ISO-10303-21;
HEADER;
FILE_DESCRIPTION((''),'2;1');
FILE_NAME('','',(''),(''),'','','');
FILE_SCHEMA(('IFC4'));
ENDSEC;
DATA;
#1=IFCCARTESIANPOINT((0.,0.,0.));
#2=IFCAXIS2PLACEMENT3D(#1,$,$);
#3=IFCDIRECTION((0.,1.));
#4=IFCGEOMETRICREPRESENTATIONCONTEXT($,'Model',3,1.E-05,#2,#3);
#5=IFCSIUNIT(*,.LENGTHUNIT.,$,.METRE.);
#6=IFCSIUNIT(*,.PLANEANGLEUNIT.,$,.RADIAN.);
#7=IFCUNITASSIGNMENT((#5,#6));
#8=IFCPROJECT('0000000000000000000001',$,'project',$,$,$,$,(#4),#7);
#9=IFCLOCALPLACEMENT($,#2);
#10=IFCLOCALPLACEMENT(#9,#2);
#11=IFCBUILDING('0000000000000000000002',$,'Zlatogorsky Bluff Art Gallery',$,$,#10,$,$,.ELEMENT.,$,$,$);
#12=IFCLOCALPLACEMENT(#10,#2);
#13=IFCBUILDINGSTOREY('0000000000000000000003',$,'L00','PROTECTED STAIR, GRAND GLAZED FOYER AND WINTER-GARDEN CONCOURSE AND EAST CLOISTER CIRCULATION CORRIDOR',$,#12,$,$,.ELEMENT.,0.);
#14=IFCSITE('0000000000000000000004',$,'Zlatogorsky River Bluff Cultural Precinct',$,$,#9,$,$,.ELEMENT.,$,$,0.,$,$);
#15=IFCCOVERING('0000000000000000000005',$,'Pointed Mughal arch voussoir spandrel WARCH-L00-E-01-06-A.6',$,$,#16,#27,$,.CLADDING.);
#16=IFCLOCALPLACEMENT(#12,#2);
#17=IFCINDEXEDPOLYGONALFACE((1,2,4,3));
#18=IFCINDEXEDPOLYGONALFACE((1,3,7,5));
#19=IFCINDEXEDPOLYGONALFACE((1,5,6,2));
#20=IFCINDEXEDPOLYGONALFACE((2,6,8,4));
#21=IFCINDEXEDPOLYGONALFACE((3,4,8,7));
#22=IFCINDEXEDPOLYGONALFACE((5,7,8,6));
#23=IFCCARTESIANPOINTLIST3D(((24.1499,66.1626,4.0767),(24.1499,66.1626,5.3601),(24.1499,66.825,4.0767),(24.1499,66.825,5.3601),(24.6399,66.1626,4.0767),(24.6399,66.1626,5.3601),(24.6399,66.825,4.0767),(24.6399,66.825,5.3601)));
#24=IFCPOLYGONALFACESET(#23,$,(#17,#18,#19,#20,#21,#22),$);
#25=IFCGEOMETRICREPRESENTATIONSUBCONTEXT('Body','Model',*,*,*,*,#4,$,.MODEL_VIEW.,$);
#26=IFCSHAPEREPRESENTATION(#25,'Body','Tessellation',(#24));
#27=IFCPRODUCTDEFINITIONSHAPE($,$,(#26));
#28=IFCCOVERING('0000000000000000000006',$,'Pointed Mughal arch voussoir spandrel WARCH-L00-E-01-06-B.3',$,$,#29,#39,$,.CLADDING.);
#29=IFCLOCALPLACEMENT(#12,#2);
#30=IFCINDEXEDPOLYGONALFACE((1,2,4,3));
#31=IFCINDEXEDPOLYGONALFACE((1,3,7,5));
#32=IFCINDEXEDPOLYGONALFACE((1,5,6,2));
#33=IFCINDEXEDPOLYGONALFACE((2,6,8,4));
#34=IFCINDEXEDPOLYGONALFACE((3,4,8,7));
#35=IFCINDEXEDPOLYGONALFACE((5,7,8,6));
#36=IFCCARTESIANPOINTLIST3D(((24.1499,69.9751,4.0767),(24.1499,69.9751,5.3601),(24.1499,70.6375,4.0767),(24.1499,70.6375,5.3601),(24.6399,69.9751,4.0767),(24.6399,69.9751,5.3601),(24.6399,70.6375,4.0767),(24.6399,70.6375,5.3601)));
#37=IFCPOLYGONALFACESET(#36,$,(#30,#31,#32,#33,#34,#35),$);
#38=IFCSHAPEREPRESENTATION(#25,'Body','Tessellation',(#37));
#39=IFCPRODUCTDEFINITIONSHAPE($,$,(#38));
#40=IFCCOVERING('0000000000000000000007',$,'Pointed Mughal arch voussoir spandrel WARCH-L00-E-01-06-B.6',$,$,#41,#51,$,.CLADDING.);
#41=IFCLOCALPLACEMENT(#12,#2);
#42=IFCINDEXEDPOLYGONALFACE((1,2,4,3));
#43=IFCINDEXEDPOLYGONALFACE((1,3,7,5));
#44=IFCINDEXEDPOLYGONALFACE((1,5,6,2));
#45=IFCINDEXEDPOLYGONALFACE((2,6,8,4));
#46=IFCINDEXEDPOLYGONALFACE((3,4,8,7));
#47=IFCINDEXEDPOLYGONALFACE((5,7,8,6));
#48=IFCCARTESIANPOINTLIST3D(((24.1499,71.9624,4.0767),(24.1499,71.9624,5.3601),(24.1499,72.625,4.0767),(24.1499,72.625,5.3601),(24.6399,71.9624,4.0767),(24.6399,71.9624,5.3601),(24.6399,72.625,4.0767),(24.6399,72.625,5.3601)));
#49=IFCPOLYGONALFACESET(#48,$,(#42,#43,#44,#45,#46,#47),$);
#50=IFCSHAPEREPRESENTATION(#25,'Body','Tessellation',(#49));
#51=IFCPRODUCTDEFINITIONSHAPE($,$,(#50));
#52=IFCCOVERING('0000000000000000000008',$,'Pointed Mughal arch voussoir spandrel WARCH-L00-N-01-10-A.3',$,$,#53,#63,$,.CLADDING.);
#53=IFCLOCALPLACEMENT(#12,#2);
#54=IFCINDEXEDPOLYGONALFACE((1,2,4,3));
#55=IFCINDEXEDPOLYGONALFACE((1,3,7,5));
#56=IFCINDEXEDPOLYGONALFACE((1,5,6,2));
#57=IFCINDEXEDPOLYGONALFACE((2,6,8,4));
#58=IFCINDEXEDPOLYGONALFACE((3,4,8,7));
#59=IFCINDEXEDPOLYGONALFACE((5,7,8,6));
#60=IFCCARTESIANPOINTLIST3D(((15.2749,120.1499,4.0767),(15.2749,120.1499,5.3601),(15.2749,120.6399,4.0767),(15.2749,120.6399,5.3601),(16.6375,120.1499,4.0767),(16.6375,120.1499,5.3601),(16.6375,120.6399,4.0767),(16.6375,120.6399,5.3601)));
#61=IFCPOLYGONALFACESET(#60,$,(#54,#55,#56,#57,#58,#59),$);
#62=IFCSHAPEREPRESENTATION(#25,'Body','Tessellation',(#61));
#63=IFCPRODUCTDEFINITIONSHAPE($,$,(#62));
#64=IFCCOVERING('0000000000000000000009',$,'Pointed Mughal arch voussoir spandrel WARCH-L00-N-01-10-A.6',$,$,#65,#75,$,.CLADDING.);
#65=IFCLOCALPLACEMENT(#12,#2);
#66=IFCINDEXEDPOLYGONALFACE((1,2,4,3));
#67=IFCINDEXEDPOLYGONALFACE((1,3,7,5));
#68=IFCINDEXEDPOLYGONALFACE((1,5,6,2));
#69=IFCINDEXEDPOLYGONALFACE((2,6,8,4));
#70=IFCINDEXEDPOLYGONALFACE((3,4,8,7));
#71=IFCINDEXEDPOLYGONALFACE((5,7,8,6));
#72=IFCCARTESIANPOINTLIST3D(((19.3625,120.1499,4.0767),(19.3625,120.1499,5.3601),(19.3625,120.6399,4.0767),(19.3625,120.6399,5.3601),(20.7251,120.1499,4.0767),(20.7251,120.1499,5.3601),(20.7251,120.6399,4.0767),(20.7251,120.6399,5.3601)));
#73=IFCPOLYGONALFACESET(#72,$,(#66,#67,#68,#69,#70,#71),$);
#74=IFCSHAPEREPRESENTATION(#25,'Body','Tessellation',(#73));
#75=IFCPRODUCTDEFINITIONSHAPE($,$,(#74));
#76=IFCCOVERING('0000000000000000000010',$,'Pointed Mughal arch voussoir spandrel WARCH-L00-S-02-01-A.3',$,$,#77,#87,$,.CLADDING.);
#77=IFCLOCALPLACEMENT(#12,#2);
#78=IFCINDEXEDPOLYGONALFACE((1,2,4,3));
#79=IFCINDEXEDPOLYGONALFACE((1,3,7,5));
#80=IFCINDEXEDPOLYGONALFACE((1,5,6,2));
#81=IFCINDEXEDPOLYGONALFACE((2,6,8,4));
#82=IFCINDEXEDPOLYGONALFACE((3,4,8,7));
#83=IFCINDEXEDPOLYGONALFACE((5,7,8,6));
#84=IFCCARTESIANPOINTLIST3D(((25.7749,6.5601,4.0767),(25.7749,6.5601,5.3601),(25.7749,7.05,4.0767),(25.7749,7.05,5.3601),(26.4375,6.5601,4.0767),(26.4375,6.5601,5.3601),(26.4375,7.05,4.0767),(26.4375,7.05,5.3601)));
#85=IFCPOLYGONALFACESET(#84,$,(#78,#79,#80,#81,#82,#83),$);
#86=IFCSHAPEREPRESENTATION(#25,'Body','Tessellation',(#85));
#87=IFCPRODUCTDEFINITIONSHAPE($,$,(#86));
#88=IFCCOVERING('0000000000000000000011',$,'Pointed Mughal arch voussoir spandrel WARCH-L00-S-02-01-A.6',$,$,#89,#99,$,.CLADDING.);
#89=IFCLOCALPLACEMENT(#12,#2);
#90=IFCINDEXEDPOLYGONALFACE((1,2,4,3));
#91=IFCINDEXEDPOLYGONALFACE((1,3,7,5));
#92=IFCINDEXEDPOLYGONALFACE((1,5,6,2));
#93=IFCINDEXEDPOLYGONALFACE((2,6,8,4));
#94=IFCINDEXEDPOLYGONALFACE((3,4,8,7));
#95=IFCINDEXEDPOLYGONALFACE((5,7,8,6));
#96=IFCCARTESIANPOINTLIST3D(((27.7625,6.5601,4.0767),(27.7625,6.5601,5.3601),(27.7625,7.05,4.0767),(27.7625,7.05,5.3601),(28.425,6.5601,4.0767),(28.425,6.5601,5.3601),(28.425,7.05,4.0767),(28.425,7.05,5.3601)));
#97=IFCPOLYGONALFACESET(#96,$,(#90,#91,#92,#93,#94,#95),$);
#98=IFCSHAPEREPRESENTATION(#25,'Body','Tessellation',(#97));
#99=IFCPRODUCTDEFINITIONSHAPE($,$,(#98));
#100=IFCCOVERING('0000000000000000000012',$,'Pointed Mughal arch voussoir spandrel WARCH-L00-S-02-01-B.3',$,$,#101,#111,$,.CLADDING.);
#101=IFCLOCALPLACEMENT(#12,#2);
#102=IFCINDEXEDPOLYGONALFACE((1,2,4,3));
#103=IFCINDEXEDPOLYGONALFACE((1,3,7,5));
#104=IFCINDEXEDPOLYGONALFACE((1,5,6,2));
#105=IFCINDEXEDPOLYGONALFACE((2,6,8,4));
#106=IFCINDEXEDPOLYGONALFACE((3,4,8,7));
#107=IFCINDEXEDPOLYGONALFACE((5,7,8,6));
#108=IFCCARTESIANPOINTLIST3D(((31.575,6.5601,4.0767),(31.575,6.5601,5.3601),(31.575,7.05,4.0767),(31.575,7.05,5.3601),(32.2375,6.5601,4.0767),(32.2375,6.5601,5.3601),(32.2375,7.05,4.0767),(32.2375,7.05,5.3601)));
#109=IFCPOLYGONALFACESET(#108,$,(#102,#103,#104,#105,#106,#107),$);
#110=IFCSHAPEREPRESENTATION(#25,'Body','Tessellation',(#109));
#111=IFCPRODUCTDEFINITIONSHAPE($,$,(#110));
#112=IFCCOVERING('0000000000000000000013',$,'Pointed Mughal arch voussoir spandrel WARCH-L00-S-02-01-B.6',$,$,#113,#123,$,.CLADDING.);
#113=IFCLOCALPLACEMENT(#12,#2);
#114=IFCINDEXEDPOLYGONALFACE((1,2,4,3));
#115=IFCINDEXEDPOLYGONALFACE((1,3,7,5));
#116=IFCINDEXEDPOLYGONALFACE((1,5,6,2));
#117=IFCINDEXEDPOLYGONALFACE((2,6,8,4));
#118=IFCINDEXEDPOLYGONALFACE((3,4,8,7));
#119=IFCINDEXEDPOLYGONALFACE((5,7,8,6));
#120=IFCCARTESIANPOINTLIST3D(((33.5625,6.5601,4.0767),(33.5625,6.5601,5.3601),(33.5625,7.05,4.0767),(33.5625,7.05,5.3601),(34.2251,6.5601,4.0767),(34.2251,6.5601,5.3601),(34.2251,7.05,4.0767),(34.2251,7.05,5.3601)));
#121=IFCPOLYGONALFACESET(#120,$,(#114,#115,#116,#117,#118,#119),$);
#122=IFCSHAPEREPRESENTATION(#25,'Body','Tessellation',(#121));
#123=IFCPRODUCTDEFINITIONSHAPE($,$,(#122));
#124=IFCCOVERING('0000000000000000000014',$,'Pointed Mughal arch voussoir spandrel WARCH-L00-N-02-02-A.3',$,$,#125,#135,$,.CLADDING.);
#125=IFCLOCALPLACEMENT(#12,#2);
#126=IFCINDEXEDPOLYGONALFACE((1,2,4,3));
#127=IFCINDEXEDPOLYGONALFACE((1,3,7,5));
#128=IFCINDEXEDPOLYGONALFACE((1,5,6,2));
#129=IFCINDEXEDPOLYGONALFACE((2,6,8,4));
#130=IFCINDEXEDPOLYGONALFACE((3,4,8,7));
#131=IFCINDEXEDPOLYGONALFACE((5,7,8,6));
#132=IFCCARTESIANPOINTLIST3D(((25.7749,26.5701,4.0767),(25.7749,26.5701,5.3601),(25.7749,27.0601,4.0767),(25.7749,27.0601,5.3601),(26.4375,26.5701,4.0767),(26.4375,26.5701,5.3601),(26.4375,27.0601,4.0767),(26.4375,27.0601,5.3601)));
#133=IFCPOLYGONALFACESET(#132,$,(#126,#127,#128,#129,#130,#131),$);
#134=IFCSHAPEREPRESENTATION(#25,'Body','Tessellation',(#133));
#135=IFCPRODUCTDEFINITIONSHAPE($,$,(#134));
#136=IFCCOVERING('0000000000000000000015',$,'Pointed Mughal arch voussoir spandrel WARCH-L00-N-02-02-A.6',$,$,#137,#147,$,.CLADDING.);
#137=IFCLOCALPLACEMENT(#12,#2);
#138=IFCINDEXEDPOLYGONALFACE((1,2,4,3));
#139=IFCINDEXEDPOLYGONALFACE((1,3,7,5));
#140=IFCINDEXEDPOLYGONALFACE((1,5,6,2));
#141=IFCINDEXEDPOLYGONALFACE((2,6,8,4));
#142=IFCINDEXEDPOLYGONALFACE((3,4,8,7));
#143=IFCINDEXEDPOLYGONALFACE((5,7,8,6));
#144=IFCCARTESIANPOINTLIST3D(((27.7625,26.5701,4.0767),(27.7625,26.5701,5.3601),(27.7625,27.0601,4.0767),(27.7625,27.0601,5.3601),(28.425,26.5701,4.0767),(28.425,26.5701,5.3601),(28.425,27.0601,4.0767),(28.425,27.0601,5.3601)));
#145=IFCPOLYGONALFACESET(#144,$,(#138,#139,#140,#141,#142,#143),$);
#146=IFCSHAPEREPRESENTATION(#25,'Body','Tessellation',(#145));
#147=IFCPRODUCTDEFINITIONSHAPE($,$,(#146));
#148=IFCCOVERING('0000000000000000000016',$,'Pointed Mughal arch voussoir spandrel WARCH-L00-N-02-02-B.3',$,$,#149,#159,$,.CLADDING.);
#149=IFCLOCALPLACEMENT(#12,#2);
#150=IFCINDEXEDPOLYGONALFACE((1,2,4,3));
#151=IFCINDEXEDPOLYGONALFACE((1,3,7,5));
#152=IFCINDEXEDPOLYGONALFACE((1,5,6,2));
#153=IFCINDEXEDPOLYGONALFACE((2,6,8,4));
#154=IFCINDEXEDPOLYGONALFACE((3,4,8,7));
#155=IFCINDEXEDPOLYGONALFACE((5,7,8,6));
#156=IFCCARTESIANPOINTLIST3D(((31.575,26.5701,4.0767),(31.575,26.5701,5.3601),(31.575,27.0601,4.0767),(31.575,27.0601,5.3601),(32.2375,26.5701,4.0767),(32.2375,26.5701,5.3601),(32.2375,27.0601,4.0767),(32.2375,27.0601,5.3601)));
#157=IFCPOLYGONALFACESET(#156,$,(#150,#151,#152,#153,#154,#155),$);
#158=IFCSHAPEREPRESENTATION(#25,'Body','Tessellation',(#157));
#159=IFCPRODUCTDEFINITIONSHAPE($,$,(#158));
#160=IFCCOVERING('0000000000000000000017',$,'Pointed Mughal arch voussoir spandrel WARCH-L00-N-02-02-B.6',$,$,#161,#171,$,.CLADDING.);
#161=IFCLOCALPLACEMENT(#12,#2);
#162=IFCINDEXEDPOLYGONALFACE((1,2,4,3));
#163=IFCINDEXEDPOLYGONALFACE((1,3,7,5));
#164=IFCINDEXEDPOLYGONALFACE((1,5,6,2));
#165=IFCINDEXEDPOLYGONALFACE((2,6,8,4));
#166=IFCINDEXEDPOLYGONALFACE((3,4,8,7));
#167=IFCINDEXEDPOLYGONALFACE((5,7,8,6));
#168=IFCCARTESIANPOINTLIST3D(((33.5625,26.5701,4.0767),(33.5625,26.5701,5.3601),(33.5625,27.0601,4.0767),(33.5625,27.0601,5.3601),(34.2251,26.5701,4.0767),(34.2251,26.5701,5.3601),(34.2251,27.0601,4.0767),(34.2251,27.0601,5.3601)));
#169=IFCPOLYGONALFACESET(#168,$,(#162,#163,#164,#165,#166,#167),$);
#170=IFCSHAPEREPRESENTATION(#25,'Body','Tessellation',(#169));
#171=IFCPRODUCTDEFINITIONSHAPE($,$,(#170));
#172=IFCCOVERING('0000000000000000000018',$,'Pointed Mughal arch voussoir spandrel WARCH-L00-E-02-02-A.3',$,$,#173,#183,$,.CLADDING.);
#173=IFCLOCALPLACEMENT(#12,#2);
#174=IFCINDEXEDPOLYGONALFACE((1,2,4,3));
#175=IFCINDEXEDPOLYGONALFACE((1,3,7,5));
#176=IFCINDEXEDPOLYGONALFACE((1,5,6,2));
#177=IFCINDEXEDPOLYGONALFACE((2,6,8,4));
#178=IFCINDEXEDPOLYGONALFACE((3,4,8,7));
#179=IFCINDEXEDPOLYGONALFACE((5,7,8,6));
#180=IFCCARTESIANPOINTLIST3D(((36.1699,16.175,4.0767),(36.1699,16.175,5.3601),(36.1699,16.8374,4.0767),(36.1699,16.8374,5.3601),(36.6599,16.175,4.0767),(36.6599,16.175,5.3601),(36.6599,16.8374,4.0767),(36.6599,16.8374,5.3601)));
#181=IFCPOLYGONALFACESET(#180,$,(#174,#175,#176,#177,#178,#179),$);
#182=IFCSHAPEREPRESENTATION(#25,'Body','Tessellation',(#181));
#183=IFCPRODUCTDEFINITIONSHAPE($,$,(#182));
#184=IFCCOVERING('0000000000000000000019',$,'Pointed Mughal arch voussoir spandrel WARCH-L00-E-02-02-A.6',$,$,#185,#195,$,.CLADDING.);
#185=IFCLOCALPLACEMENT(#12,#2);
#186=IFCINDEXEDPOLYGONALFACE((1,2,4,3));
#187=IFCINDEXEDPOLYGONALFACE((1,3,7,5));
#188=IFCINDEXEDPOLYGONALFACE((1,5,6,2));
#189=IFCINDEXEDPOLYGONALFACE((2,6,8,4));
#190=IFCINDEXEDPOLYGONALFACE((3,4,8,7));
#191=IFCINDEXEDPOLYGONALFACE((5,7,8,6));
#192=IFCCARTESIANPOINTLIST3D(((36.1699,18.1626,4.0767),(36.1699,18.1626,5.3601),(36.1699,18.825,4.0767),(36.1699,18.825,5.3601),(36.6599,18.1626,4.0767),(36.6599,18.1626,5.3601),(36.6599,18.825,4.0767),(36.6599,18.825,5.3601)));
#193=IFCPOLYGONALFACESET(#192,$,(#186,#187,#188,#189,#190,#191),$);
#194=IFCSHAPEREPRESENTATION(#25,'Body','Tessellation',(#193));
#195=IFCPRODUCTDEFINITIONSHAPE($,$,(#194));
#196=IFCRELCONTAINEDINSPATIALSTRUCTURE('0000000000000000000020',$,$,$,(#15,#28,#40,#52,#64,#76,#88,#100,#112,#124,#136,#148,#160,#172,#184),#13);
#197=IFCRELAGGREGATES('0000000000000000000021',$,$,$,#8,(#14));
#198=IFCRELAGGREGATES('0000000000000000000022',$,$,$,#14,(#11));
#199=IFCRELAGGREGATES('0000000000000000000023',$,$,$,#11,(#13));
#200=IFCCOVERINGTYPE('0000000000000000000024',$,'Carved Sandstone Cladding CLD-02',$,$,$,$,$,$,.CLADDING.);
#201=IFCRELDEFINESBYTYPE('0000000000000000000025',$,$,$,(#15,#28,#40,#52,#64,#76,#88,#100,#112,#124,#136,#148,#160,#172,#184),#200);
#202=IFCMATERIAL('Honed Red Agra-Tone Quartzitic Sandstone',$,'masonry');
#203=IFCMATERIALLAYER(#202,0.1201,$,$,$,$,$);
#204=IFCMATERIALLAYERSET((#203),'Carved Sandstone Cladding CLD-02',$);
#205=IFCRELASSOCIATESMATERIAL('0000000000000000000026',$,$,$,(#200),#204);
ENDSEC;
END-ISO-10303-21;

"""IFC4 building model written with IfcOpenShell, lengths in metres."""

from ifc_helpers import new_model, si_unit, direction, frame, origin, place, context, subcontext, project, spatial, polyline, outline, extrude, material, layer, layer_set, type_object, element, save


model = new_model("IFC4")

# Units and contexts
model_context = context("Model", 3, precision=1e-05, world=origin(), true_north=direction((0.0, 1.0)))
body_context = subcontext(model_context, "Body", "Model", "MODEL_VIEW")
ifc_project = project(units=[si_unit("LENGTHUNIT", "METRE"), si_unit("PLANEANGLEUNIT", "RADIAN")], contexts=[model_context])

# Site, building, storey
site_placement = place(None, origin())
site = spatial("IfcSite", under=ifc_project, at=site_placement, Name="Zlatogorsky River Bluff Cultural Precinct", CompositionType="ELEMENT", RefElevation=0.0)
building_placement = place(site_placement, origin())
building = spatial("IfcBuilding", under=site, at=building_placement, Name="Zlatogorsky Bluff Art Gallery", CompositionType="ELEMENT")
storey_placement = place(building_placement, origin())
storey = spatial("IfcBuildingStorey", under=building, at=storey_placement, Name="L00", Description="PROTECTED STAIR, GRAND GLAZED FOYER AND WINTER-GARDEN CONCOURSE AND EAST CLOISTER CIRCULATION CORRIDOR", CompositionType="ELEMENT", Elevation=0.0)

# Coverings
ifc_material = material(Name="Honed Red Agra-Tone Quartzitic Sandstone", Category="masonry")
ifc_layer = layer(ifc_material, 0.1201)
ifc_layer_set = layer_set([ifc_layer], Name="Carved Sandstone Cladding CLD-02")
covering_type = type_object("IfcCoveringType", Name="Carved Sandstone Cladding CLD-02", PredefinedType="CLADDING", material=ifc_layer_set)
covering_1_placement = place(storey_placement, frame((0.0, 0.0, 4.0767)))
element("IfcCovering", 1, at=covering_1_placement, inside=storey, type_object=covering_type, Name="Pointed Mughal arch voussoir spandrel WARCH-L00-E-01-06-A.6", PredefinedType="CLADDING", context=body_context, shape_type="SweptSolid", body=[
    extrude(outline(polyline([(24.1499, 66.1626), (24.1499, 66.825), (24.6399, 66.825), (24.6399, 66.1626), (24.1499, 66.1626)])), origin(), (0.0, 0.0, 1.0), 1.2834),
])
covering_2_placement = place(storey_placement, frame((0.0, 0.0, 4.0767)))
element("IfcCovering", 2, at=covering_2_placement, inside=storey, type_object=covering_type, Name="Pointed Mughal arch voussoir spandrel WARCH-L00-E-01-06-B.3", PredefinedType="CLADDING", context=body_context, shape_type="SweptSolid", body=[
    extrude(outline(polyline([(24.1499, 69.9751), (24.1499, 70.6375), (24.6399, 70.6375), (24.6399, 69.9751), (24.1499, 69.9751)])), origin(), (0.0, 0.0, 1.0), 1.2834),
])
covering_3_placement = place(storey_placement, frame((0.0, 0.0, 4.0767)))
element("IfcCovering", 3, at=covering_3_placement, inside=storey, type_object=covering_type, Name="Pointed Mughal arch voussoir spandrel WARCH-L00-E-01-06-B.6", PredefinedType="CLADDING", context=body_context, shape_type="SweptSolid", body=[
    extrude(outline(polyline([(24.1499, 71.9624), (24.1499, 72.625), (24.6399, 72.625), (24.6399, 71.9624), (24.1499, 71.9624)])), origin(), (0.0, 0.0, 1.0), 1.2834),
])
covering_4_placement = place(storey_placement, frame((0.0, 0.0, 4.0767)))
element("IfcCovering", 4, at=covering_4_placement, inside=storey, type_object=covering_type, Name="Pointed Mughal arch voussoir spandrel WARCH-L00-N-01-10-A.3", PredefinedType="CLADDING", context=body_context, shape_type="SweptSolid", body=[
    extrude(outline(polyline([(15.2749, 120.1499), (16.6375, 120.1499), (16.6375, 120.6399), (15.2749, 120.6399), (15.2749, 120.1499)])), origin(), (0.0, 0.0, 1.0), 1.2834),
])
covering_5_placement = place(storey_placement, frame((0.0, 0.0, 4.0767)))
element("IfcCovering", 5, at=covering_5_placement, inside=storey, type_object=covering_type, Name="Pointed Mughal arch voussoir spandrel WARCH-L00-N-01-10-A.6", PredefinedType="CLADDING", context=body_context, shape_type="SweptSolid", body=[
    extrude(outline(polyline([(19.3625, 120.1499), (20.7251, 120.1499), (20.7251, 120.6399), (19.3625, 120.6399), (19.3625, 120.1499)])), origin(), (0.0, 0.0, 1.0), 1.2834),
])
covering_6_placement = place(storey_placement, frame((0.0, 0.0, 4.0767)))
element("IfcCovering", 6, at=covering_6_placement, inside=storey, type_object=covering_type, Name="Pointed Mughal arch voussoir spandrel WARCH-L00-S-02-01-A.3", PredefinedType="CLADDING", context=body_context, shape_type="SweptSolid", body=[
    extrude(outline(polyline([(25.7749, 6.5601), (26.4375, 6.5601), (26.4375, 7.05), (25.7749, 7.05), (25.7749, 6.5601)])), origin(), (0.0, 0.0, 1.0), 1.2834),
])
covering_7_placement = place(storey_placement, frame((0.0, 0.0, 4.0767)))
element("IfcCovering", 7, at=covering_7_placement, inside=storey, type_object=covering_type, Name="Pointed Mughal arch voussoir spandrel WARCH-L00-S-02-01-A.6", PredefinedType="CLADDING", context=body_context, shape_type="SweptSolid", body=[
    extrude(outline(polyline([(27.7625, 6.5601), (28.425, 6.5601), (28.425, 7.05), (27.7625, 7.05), (27.7625, 6.5601)])), origin(), (0.0, 0.0, 1.0), 1.2834),
])
covering_8_placement = place(storey_placement, frame((0.0, 0.0, 4.0767)))
element("IfcCovering", 8, at=covering_8_placement, inside=storey, type_object=covering_type, Name="Pointed Mughal arch voussoir spandrel WARCH-L00-S-02-01-B.3", PredefinedType="CLADDING", context=body_context, shape_type="SweptSolid", body=[
    extrude(outline(polyline([(31.575, 6.5601), (32.2375, 6.5601), (32.2375, 7.05), (31.575, 7.05), (31.575, 6.5601)])), origin(), (0.0, 0.0, 1.0), 1.2834),
])
covering_9_placement = place(storey_placement, frame((0.0, 0.0, 4.0767)))
element("IfcCovering", 9, at=covering_9_placement, inside=storey, type_object=covering_type, Name="Pointed Mughal arch voussoir spandrel WARCH-L00-S-02-01-B.6", PredefinedType="CLADDING", context=body_context, shape_type="SweptSolid", body=[
    extrude(outline(polyline([(33.5625, 6.5601), (34.2251, 6.5601), (34.2251, 7.05), (33.5625, 7.05), (33.5625, 6.5601)])), origin(), (0.0, 0.0, 1.0), 1.2834),
])
covering_10_placement = place(storey_placement, frame((0.0, 0.0, 4.0767)))
element("IfcCovering", 10, at=covering_10_placement, inside=storey, type_object=covering_type, Name="Pointed Mughal arch voussoir spandrel WARCH-L00-N-02-02-A.3", PredefinedType="CLADDING", context=body_context, shape_type="SweptSolid", body=[
    extrude(outline(polyline([(25.7749, 26.5701), (26.4375, 26.5701), (26.4375, 27.0601), (25.7749, 27.0601), (25.7749, 26.5701)])), origin(), (0.0, 0.0, 1.0), 1.2834),
])
covering_11_placement = place(storey_placement, frame((0.0, 0.0, 4.0767)))
element("IfcCovering", 11, at=covering_11_placement, inside=storey, type_object=covering_type, Name="Pointed Mughal arch voussoir spandrel WARCH-L00-N-02-02-A.6", PredefinedType="CLADDING", context=body_context, shape_type="SweptSolid", body=[
    extrude(outline(polyline([(27.7625, 26.5701), (28.425, 26.5701), (28.425, 27.0601), (27.7625, 27.0601), (27.7625, 26.5701)])), origin(), (0.0, 0.0, 1.0), 1.2834),
])
covering_12_placement = place(storey_placement, frame((0.0, 0.0, 4.0767)))
element("IfcCovering", 12, at=covering_12_placement, inside=storey, type_object=covering_type, Name="Pointed Mughal arch voussoir spandrel WARCH-L00-N-02-02-B.3", PredefinedType="CLADDING", context=body_context, shape_type="SweptSolid", body=[
    extrude(outline(polyline([(31.575, 26.5701), (32.2375, 26.5701), (32.2375, 27.0601), (31.575, 27.0601), (31.575, 26.5701)])), origin(), (0.0, 0.0, 1.0), 1.2834),
])
covering_13_placement = place(storey_placement, frame((0.0, 0.0, 4.0767)))
element("IfcCovering", 13, at=covering_13_placement, inside=storey, type_object=covering_type, Name="Pointed Mughal arch voussoir spandrel WARCH-L00-N-02-02-B.6", PredefinedType="CLADDING", context=body_context, shape_type="SweptSolid", body=[
    extrude(outline(polyline([(33.5625, 26.5701), (34.2251, 26.5701), (34.2251, 27.0601), (33.5625, 27.0601), (33.5625, 26.5701)])), origin(), (0.0, 0.0, 1.0), 1.2834),
])
covering_14_placement = place(storey_placement, frame((0.0, 0.0, 4.0767)))
element("IfcCovering", 14, at=covering_14_placement, inside=storey, type_object=covering_type, Name="Pointed Mughal arch voussoir spandrel WARCH-L00-E-02-02-A.3", PredefinedType="CLADDING", context=body_context, shape_type="SweptSolid", body=[
    extrude(outline(polyline([(36.1699, 16.175), (36.1699, 16.8374), (36.6599, 16.8374), (36.6599, 16.175), (36.1699, 16.175)])), origin(), (0.0, 0.0, 1.0), 1.2834),
])
covering_15_placement = place(storey_placement, frame((0.0, 0.0, 4.0767)))
element("IfcCovering", 15, at=covering_15_placement, inside=storey, type_object=covering_type, Name="Pointed Mughal arch voussoir spandrel WARCH-L00-E-02-02-A.6", PredefinedType="CLADDING", context=body_context, shape_type="SweptSolid", body=[
    extrude(outline(polyline([(36.1699, 18.1626), (36.1699, 18.825), (36.6599, 18.825), (36.6599, 18.1626), (36.1699, 18.1626)])), origin(), (0.0, 0.0, 1.0), 1.2834),
])

save(model, "model.ifc")
